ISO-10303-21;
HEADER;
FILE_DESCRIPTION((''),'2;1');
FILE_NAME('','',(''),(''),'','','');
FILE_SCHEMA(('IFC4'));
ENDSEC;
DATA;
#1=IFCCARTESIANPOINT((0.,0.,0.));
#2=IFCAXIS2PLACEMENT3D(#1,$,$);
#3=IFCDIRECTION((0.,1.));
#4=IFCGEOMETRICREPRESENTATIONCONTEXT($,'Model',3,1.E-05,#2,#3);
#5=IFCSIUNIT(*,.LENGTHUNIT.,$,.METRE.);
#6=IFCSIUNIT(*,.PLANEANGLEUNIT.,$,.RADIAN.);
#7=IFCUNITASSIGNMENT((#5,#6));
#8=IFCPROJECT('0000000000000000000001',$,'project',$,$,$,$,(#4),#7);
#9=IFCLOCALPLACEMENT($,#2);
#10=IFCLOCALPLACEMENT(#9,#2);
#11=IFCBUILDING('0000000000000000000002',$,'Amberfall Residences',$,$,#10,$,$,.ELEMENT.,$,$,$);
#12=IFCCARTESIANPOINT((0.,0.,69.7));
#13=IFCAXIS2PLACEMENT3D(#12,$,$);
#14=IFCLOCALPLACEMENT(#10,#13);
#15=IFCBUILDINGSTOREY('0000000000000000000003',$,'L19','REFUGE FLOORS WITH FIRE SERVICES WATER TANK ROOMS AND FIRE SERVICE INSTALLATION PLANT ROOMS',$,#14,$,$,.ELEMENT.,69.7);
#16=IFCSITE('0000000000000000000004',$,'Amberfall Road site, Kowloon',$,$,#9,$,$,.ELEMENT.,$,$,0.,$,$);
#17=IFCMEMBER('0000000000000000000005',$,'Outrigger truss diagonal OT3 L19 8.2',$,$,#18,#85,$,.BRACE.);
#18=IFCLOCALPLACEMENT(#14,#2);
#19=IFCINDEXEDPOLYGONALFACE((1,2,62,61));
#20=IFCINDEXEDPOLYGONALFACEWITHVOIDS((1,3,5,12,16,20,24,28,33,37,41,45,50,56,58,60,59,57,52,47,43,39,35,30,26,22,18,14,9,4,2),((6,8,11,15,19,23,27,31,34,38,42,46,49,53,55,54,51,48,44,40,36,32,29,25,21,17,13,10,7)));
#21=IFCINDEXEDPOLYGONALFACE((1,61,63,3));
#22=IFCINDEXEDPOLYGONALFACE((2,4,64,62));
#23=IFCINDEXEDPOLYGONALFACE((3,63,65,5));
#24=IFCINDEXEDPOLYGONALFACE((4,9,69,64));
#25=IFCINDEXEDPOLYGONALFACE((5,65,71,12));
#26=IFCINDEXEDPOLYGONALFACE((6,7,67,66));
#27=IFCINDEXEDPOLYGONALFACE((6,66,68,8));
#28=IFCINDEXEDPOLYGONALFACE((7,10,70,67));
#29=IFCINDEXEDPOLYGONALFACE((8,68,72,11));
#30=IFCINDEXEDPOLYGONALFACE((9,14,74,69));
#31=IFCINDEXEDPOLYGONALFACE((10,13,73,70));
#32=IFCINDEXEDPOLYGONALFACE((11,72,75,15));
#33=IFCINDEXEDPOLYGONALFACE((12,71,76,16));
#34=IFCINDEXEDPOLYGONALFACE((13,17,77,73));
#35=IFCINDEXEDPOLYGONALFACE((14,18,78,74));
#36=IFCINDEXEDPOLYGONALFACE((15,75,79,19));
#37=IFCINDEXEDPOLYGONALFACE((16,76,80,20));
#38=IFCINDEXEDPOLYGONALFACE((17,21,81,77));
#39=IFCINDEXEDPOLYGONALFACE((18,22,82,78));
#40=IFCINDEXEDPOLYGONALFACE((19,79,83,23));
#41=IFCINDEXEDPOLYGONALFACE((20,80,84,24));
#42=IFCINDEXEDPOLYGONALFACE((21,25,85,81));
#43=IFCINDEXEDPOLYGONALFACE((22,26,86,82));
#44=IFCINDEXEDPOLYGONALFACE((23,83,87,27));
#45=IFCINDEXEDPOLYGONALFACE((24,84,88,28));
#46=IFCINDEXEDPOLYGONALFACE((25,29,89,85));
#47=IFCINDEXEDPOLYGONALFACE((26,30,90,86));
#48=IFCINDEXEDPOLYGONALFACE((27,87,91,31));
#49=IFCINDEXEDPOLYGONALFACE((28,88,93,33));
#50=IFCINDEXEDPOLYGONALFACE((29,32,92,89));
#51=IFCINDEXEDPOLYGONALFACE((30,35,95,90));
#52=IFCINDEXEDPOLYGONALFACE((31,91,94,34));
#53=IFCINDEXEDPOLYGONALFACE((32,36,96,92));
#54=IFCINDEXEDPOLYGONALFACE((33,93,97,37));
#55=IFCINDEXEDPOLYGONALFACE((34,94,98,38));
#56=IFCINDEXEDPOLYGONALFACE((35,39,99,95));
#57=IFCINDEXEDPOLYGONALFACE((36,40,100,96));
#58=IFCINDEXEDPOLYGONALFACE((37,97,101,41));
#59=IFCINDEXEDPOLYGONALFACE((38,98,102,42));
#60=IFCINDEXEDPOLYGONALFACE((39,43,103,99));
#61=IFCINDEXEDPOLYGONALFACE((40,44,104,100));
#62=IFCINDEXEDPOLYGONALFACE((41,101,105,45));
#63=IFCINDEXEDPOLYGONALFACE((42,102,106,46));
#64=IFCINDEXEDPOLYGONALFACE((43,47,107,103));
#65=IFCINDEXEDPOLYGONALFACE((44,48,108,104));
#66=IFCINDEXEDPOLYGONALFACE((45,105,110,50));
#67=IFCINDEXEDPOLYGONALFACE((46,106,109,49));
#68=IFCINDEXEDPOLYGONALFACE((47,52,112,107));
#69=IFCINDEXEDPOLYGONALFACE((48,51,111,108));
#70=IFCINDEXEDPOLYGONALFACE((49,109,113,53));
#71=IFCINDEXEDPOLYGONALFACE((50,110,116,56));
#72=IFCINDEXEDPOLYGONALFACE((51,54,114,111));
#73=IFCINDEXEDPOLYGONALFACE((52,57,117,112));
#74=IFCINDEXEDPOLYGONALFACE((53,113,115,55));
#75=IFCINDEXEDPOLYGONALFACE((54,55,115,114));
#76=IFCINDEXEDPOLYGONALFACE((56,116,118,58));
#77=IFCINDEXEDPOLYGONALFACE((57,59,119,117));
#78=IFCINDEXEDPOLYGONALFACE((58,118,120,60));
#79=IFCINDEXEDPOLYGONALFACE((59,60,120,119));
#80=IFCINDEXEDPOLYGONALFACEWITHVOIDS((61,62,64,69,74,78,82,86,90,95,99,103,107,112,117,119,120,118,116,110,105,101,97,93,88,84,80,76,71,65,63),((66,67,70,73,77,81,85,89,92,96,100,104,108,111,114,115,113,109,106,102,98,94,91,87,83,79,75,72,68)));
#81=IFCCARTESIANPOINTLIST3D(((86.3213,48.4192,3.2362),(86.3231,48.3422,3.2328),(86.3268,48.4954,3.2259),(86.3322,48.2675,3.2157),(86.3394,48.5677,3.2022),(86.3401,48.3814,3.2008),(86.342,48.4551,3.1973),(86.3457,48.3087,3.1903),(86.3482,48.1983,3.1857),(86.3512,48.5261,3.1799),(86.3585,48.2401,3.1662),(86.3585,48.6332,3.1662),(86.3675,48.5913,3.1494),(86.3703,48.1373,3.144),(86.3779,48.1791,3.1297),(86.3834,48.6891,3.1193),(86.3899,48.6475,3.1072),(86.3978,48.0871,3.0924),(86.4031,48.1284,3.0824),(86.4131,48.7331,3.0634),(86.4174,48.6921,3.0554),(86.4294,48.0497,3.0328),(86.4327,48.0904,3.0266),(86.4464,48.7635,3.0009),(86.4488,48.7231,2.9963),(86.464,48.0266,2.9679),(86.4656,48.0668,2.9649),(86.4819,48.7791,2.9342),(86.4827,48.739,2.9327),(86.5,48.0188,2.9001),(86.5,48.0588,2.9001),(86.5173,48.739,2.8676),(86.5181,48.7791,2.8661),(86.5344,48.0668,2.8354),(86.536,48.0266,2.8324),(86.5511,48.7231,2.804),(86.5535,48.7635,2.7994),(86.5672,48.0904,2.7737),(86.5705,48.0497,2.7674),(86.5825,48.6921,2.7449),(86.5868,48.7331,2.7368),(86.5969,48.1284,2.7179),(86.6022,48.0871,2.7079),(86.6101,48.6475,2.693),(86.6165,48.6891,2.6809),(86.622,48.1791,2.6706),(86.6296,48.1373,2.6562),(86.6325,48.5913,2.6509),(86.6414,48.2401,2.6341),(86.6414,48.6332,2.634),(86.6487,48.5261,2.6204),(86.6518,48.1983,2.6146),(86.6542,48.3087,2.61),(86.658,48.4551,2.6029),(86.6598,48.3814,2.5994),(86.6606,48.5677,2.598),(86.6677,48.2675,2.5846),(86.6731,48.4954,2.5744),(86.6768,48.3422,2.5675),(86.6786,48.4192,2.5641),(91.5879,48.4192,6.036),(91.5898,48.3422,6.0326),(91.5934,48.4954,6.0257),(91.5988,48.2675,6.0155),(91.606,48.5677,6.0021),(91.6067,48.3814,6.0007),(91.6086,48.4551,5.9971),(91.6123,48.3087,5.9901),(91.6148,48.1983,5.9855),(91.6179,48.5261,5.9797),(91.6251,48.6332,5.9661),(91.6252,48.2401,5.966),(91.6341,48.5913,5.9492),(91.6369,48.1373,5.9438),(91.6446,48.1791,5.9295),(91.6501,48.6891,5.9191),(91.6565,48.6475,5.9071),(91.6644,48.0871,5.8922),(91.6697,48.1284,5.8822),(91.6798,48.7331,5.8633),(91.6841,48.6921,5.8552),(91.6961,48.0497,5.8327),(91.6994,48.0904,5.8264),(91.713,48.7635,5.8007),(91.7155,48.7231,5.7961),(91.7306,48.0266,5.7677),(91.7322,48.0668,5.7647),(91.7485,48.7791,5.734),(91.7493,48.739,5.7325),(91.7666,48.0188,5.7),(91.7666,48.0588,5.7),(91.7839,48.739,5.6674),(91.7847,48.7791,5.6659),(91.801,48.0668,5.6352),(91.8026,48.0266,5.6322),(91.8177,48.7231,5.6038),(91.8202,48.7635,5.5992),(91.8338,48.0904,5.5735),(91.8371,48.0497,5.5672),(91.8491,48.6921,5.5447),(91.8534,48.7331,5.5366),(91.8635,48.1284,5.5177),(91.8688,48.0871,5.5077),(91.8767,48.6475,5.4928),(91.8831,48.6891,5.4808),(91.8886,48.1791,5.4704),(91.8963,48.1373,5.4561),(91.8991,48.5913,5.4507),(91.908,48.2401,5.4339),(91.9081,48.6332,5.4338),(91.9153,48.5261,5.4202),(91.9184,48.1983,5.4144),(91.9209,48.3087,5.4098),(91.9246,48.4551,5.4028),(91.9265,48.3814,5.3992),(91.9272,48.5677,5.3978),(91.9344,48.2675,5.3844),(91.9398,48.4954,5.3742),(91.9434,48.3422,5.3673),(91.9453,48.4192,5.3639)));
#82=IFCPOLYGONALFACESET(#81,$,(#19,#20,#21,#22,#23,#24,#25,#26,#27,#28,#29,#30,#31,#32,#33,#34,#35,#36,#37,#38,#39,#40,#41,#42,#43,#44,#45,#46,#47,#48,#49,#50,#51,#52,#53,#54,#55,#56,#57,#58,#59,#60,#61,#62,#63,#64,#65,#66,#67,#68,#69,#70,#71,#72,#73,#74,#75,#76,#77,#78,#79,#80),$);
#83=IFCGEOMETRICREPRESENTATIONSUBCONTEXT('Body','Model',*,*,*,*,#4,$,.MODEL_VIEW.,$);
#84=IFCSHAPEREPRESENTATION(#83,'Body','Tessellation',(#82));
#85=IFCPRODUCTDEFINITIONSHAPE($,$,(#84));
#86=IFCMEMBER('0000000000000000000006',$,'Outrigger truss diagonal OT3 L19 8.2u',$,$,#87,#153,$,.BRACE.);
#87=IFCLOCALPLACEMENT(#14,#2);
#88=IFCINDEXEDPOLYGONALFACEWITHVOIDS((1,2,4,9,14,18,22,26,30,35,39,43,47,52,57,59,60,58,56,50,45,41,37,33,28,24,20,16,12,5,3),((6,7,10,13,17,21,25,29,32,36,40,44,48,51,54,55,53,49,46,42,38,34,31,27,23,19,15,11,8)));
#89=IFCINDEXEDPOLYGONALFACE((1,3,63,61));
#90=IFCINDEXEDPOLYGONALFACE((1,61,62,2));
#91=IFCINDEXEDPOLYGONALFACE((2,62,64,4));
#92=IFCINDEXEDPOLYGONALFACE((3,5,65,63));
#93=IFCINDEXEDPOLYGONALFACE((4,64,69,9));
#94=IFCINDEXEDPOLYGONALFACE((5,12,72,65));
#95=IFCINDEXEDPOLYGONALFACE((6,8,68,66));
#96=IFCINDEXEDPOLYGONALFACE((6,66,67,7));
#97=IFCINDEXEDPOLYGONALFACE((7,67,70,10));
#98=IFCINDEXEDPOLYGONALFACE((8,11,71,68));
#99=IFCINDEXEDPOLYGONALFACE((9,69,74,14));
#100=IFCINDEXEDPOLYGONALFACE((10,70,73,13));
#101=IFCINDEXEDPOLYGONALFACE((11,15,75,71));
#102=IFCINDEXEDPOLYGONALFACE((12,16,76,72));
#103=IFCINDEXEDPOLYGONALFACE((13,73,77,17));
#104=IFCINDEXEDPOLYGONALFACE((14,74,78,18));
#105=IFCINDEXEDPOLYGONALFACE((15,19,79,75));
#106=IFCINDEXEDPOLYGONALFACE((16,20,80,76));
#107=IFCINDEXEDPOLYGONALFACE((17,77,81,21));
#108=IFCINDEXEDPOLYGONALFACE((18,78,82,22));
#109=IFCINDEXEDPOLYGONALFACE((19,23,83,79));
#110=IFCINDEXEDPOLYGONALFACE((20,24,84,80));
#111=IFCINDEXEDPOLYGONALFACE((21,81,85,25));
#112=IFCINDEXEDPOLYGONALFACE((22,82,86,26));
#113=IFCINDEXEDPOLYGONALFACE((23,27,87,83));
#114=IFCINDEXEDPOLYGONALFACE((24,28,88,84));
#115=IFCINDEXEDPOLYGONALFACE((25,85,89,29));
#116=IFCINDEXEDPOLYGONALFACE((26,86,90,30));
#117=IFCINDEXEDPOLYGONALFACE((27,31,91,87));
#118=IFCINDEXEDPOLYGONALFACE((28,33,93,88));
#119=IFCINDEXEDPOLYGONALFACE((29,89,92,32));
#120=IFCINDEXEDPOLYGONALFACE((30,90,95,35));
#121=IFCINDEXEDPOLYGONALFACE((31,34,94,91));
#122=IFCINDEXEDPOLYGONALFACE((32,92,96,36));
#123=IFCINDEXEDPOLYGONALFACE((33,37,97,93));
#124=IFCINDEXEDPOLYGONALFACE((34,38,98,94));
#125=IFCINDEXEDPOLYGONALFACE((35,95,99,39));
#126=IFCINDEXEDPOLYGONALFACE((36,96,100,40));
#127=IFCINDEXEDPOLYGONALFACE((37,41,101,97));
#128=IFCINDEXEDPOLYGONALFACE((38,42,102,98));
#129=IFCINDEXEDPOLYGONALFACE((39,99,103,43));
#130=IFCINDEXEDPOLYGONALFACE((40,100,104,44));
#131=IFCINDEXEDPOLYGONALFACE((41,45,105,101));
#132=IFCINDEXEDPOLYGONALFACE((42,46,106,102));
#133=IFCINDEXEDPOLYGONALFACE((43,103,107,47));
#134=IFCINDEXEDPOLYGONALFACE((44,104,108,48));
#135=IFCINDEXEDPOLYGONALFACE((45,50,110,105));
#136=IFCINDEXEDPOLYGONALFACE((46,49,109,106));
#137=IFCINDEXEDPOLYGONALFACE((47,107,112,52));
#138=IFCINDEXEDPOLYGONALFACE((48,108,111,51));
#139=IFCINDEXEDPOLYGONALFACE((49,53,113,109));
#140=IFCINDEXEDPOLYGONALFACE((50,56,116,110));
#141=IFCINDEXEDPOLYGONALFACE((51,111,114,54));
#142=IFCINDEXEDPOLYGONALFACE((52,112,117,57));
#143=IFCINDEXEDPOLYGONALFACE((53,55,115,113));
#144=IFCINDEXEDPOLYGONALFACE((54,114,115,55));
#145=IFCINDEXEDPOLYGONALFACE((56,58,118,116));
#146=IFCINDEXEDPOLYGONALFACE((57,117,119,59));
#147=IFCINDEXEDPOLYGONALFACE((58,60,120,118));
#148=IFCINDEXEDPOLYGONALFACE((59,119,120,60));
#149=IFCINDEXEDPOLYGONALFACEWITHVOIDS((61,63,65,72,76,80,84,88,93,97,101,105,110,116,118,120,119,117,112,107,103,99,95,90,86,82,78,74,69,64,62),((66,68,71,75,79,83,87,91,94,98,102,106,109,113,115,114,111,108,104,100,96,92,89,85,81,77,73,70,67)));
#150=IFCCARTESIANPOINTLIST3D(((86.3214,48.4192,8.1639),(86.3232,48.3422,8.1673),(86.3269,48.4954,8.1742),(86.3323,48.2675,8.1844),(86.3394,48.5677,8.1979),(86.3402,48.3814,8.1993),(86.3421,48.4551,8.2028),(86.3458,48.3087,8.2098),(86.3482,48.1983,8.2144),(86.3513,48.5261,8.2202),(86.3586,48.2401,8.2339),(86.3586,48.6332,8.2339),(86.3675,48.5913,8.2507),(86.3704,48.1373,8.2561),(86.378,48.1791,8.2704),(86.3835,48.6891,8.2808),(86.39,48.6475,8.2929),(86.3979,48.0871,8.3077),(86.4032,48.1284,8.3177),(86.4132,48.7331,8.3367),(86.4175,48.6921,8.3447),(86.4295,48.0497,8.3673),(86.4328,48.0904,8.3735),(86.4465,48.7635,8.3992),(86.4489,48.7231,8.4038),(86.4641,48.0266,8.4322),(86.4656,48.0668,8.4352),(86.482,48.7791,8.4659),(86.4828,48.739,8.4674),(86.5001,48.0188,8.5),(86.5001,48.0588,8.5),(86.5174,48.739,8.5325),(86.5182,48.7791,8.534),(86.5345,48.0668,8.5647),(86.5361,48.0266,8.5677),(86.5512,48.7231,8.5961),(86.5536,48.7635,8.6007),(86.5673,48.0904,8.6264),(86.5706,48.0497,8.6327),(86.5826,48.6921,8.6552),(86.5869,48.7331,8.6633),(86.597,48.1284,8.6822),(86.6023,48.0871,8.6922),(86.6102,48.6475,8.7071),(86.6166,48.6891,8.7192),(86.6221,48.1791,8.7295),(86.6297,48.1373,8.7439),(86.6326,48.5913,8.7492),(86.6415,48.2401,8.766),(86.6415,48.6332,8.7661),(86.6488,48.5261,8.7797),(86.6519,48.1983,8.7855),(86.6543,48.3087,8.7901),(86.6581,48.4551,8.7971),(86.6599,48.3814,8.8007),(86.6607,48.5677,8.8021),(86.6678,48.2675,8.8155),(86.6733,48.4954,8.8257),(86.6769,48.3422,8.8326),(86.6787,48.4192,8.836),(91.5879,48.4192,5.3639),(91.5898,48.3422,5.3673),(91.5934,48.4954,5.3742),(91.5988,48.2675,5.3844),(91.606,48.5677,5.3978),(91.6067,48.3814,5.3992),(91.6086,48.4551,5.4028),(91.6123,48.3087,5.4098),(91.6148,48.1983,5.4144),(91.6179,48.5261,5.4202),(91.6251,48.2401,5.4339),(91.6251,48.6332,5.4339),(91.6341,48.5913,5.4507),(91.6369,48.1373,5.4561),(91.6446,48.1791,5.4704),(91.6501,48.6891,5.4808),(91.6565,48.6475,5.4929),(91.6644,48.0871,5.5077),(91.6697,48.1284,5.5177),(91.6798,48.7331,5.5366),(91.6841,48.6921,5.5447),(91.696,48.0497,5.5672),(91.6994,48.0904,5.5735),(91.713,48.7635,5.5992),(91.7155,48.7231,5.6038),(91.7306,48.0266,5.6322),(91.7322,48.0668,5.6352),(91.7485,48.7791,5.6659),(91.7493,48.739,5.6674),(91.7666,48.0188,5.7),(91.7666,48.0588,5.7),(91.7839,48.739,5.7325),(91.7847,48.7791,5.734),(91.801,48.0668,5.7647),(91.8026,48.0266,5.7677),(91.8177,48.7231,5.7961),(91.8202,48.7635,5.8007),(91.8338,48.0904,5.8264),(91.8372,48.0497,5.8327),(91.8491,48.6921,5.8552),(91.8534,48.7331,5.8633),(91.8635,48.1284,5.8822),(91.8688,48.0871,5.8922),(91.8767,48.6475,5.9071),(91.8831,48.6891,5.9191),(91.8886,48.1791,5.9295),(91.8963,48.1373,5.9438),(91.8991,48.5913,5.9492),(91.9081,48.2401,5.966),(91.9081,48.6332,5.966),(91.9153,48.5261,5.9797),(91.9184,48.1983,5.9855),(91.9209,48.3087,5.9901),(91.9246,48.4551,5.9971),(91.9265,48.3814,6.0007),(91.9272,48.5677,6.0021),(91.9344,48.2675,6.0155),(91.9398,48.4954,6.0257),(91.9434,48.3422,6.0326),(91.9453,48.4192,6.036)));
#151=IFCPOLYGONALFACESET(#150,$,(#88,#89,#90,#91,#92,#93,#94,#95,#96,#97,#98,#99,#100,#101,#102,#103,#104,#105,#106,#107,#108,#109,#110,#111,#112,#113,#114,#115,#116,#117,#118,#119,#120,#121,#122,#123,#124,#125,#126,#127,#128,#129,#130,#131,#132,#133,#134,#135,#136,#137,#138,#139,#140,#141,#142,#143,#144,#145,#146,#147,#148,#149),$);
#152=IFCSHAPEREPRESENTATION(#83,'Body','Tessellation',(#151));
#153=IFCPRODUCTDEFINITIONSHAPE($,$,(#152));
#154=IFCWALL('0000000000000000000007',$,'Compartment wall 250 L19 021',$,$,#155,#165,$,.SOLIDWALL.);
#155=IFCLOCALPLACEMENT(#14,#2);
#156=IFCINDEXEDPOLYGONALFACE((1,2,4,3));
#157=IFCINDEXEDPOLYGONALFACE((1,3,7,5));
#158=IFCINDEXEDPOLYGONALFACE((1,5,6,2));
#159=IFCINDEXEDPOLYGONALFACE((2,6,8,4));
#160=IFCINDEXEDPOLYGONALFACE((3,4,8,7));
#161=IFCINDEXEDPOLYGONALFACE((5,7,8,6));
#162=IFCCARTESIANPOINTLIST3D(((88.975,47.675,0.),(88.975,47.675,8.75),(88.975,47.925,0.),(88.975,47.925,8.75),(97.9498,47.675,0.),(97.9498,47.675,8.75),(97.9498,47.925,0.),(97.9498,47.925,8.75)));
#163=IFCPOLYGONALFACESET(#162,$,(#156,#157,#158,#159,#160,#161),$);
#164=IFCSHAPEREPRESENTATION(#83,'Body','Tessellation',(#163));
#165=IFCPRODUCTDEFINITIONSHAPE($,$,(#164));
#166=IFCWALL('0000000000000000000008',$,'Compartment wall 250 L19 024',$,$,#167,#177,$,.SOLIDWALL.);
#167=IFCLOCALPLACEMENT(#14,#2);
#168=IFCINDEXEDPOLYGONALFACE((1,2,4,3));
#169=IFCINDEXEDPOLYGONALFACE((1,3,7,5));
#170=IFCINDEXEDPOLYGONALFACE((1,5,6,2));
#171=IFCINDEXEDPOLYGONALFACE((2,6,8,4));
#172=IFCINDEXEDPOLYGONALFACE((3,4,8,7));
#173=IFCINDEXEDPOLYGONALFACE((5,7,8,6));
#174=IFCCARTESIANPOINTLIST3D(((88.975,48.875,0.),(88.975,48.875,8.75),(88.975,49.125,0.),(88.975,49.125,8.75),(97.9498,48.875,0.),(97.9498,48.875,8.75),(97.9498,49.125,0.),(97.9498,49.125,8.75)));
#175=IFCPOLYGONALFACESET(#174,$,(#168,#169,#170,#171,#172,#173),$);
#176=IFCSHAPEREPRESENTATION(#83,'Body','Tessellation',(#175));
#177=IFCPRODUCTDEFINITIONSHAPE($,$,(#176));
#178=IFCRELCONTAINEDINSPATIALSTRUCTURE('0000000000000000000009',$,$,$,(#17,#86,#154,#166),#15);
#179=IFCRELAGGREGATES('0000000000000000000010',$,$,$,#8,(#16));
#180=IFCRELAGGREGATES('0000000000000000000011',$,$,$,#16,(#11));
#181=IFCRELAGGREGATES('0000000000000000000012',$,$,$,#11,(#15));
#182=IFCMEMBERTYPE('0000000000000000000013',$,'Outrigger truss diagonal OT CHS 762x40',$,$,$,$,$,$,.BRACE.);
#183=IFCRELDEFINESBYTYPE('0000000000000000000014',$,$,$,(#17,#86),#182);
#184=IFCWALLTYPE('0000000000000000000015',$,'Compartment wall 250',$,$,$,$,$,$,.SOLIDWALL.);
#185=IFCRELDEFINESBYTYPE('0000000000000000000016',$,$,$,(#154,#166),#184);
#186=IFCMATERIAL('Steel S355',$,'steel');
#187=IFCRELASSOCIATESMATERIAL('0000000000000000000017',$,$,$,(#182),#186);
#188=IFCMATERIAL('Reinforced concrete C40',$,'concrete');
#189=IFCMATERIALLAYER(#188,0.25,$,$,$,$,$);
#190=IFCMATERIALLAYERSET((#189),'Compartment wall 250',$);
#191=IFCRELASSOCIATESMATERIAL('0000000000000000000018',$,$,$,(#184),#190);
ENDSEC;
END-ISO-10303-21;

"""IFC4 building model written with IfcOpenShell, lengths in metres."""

from ifc_helpers import new_model, si_unit, direction, frame, frame_2d, origin, origin_2d, place, context, subcontext, project, spatial, rectangle, hollow_circle, extrude, material, layer, layer_set, material_profile, profile_set, type_object, element, save


model = new_model("IFC4")

# Units and contexts
model_context = context("Model", 3, precision=1e-05, world=origin(), true_north=direction((0.0, 1.0)))
body_context = subcontext(model_context, "Body", "Model", "MODEL_VIEW")
ifc_project = project(units=[si_unit("LENGTHUNIT", "METRE"), si_unit("PLANEANGLEUNIT", "RADIAN")], contexts=[model_context])

# Site, building, storey
site_placement = place(None, origin())
site = spatial("IfcSite", under=ifc_project, at=site_placement, Name="Amberfall Road site, Kowloon", CompositionType="ELEMENT", RefElevation=0.0)
building_placement = place(site_placement, origin())
building = spatial("IfcBuilding", under=site, at=building_placement, Name="Amberfall Residences", CompositionType="ELEMENT")
storey_placement = place(building_placement, frame((0.0, 0.0, 69.7)))
storey = spatial("IfcBuildingStorey", under=building, at=storey_placement, Name="L19", Description="REFUGE FLOORS WITH FIRE SERVICES WATER TANK ROOMS AND FIRE SERVICE INSTALLATION PLANT ROOMS", CompositionType="ELEMENT", Elevation=69.7)

# Members
ifc_material_1 = material(Name="Steel S355", Category="steel")
ifc_material_profile = material_profile(ifc_material_1, hollow_circle(Radius=0.3811, WallThickness=0.04, at=origin_2d()), Name="CHS 762x40")
ifc_profile_set = profile_set([ifc_material_profile], Name="Steel S355")
member_type = type_object("IfcMemberType", Name="Outrigger truss diagonal OT CHS 762x40", PredefinedType="BRACE", material=ifc_profile_set)
for number, where, z_axis, x_axis, name in (
    (1, (91.7666, 48.3999, 5.7), (-0.882982, 0.0, -0.469407), (0.0, -1.0, 0.0), "Outrigger truss diagonal OT3 L19 8.2"),
    (2, (91.7666, 48.3999, 5.7), (-0.882965, 0.0, 0.469439), (0.0, -1.0, 0.0), "Outrigger truss diagonal OT3 L19 8.2u"),
):
    element("IfcMember", number, at=place(storey_placement, frame(where, z_axis=z_axis, x_axis=x_axis)), inside=storey, type_object=member_type, Name=name, PredefinedType="BRACE", context=body_context, shape_type="SweptSolid", body=[
        extrude(hollow_circle(Radius=0.3811, WallThickness=0.04, at=origin_2d()), origin(), (0.0, 0.0, 1.0), 5.9646),
    ])

# Walls
ifc_material_2 = material(Name="Reinforced concrete C40", Category="concrete")
ifc_layer_1 = layer(ifc_material_2, 0.25)
ifc_layer_set_1 = layer_set([ifc_layer_1], Name="Compartment wall 250")
wall_type_1 = type_object("IfcWallType", Name="Compartment wall 250", PredefinedType="SOLIDWALL", material=ifc_layer_set_1)
for number, where, z_axis, x_axis, name in (
    (3, (88.9751, 47.8, 0.0), (0.0, 0.0, 1.0), (1.0, 0.0, 0.0), "Compartment wall 250 L19 021"),
    (4, (88.9751, 49.0, 0.0), (0.0, 0.0, 1.0), (1.0, 0.0, 0.0), "Compartment wall 250 L19 024"),
):
    element("IfcWall", number, at=place(storey_placement, frame(where, z_axis=z_axis, x_axis=x_axis)), inside=storey, type_object=wall_type_1, Name=name, PredefinedType="SOLIDWALL", context=body_context, shape_type="SweptSolid", body=[
        extrude(rectangle(XDim=8.9749, YDim=0.25, at=frame_2d((4.4873, 0.0))), origin(), (0.0, 0.0, 1.0), 8.75),
    ])

save(model, "model.ifc")
